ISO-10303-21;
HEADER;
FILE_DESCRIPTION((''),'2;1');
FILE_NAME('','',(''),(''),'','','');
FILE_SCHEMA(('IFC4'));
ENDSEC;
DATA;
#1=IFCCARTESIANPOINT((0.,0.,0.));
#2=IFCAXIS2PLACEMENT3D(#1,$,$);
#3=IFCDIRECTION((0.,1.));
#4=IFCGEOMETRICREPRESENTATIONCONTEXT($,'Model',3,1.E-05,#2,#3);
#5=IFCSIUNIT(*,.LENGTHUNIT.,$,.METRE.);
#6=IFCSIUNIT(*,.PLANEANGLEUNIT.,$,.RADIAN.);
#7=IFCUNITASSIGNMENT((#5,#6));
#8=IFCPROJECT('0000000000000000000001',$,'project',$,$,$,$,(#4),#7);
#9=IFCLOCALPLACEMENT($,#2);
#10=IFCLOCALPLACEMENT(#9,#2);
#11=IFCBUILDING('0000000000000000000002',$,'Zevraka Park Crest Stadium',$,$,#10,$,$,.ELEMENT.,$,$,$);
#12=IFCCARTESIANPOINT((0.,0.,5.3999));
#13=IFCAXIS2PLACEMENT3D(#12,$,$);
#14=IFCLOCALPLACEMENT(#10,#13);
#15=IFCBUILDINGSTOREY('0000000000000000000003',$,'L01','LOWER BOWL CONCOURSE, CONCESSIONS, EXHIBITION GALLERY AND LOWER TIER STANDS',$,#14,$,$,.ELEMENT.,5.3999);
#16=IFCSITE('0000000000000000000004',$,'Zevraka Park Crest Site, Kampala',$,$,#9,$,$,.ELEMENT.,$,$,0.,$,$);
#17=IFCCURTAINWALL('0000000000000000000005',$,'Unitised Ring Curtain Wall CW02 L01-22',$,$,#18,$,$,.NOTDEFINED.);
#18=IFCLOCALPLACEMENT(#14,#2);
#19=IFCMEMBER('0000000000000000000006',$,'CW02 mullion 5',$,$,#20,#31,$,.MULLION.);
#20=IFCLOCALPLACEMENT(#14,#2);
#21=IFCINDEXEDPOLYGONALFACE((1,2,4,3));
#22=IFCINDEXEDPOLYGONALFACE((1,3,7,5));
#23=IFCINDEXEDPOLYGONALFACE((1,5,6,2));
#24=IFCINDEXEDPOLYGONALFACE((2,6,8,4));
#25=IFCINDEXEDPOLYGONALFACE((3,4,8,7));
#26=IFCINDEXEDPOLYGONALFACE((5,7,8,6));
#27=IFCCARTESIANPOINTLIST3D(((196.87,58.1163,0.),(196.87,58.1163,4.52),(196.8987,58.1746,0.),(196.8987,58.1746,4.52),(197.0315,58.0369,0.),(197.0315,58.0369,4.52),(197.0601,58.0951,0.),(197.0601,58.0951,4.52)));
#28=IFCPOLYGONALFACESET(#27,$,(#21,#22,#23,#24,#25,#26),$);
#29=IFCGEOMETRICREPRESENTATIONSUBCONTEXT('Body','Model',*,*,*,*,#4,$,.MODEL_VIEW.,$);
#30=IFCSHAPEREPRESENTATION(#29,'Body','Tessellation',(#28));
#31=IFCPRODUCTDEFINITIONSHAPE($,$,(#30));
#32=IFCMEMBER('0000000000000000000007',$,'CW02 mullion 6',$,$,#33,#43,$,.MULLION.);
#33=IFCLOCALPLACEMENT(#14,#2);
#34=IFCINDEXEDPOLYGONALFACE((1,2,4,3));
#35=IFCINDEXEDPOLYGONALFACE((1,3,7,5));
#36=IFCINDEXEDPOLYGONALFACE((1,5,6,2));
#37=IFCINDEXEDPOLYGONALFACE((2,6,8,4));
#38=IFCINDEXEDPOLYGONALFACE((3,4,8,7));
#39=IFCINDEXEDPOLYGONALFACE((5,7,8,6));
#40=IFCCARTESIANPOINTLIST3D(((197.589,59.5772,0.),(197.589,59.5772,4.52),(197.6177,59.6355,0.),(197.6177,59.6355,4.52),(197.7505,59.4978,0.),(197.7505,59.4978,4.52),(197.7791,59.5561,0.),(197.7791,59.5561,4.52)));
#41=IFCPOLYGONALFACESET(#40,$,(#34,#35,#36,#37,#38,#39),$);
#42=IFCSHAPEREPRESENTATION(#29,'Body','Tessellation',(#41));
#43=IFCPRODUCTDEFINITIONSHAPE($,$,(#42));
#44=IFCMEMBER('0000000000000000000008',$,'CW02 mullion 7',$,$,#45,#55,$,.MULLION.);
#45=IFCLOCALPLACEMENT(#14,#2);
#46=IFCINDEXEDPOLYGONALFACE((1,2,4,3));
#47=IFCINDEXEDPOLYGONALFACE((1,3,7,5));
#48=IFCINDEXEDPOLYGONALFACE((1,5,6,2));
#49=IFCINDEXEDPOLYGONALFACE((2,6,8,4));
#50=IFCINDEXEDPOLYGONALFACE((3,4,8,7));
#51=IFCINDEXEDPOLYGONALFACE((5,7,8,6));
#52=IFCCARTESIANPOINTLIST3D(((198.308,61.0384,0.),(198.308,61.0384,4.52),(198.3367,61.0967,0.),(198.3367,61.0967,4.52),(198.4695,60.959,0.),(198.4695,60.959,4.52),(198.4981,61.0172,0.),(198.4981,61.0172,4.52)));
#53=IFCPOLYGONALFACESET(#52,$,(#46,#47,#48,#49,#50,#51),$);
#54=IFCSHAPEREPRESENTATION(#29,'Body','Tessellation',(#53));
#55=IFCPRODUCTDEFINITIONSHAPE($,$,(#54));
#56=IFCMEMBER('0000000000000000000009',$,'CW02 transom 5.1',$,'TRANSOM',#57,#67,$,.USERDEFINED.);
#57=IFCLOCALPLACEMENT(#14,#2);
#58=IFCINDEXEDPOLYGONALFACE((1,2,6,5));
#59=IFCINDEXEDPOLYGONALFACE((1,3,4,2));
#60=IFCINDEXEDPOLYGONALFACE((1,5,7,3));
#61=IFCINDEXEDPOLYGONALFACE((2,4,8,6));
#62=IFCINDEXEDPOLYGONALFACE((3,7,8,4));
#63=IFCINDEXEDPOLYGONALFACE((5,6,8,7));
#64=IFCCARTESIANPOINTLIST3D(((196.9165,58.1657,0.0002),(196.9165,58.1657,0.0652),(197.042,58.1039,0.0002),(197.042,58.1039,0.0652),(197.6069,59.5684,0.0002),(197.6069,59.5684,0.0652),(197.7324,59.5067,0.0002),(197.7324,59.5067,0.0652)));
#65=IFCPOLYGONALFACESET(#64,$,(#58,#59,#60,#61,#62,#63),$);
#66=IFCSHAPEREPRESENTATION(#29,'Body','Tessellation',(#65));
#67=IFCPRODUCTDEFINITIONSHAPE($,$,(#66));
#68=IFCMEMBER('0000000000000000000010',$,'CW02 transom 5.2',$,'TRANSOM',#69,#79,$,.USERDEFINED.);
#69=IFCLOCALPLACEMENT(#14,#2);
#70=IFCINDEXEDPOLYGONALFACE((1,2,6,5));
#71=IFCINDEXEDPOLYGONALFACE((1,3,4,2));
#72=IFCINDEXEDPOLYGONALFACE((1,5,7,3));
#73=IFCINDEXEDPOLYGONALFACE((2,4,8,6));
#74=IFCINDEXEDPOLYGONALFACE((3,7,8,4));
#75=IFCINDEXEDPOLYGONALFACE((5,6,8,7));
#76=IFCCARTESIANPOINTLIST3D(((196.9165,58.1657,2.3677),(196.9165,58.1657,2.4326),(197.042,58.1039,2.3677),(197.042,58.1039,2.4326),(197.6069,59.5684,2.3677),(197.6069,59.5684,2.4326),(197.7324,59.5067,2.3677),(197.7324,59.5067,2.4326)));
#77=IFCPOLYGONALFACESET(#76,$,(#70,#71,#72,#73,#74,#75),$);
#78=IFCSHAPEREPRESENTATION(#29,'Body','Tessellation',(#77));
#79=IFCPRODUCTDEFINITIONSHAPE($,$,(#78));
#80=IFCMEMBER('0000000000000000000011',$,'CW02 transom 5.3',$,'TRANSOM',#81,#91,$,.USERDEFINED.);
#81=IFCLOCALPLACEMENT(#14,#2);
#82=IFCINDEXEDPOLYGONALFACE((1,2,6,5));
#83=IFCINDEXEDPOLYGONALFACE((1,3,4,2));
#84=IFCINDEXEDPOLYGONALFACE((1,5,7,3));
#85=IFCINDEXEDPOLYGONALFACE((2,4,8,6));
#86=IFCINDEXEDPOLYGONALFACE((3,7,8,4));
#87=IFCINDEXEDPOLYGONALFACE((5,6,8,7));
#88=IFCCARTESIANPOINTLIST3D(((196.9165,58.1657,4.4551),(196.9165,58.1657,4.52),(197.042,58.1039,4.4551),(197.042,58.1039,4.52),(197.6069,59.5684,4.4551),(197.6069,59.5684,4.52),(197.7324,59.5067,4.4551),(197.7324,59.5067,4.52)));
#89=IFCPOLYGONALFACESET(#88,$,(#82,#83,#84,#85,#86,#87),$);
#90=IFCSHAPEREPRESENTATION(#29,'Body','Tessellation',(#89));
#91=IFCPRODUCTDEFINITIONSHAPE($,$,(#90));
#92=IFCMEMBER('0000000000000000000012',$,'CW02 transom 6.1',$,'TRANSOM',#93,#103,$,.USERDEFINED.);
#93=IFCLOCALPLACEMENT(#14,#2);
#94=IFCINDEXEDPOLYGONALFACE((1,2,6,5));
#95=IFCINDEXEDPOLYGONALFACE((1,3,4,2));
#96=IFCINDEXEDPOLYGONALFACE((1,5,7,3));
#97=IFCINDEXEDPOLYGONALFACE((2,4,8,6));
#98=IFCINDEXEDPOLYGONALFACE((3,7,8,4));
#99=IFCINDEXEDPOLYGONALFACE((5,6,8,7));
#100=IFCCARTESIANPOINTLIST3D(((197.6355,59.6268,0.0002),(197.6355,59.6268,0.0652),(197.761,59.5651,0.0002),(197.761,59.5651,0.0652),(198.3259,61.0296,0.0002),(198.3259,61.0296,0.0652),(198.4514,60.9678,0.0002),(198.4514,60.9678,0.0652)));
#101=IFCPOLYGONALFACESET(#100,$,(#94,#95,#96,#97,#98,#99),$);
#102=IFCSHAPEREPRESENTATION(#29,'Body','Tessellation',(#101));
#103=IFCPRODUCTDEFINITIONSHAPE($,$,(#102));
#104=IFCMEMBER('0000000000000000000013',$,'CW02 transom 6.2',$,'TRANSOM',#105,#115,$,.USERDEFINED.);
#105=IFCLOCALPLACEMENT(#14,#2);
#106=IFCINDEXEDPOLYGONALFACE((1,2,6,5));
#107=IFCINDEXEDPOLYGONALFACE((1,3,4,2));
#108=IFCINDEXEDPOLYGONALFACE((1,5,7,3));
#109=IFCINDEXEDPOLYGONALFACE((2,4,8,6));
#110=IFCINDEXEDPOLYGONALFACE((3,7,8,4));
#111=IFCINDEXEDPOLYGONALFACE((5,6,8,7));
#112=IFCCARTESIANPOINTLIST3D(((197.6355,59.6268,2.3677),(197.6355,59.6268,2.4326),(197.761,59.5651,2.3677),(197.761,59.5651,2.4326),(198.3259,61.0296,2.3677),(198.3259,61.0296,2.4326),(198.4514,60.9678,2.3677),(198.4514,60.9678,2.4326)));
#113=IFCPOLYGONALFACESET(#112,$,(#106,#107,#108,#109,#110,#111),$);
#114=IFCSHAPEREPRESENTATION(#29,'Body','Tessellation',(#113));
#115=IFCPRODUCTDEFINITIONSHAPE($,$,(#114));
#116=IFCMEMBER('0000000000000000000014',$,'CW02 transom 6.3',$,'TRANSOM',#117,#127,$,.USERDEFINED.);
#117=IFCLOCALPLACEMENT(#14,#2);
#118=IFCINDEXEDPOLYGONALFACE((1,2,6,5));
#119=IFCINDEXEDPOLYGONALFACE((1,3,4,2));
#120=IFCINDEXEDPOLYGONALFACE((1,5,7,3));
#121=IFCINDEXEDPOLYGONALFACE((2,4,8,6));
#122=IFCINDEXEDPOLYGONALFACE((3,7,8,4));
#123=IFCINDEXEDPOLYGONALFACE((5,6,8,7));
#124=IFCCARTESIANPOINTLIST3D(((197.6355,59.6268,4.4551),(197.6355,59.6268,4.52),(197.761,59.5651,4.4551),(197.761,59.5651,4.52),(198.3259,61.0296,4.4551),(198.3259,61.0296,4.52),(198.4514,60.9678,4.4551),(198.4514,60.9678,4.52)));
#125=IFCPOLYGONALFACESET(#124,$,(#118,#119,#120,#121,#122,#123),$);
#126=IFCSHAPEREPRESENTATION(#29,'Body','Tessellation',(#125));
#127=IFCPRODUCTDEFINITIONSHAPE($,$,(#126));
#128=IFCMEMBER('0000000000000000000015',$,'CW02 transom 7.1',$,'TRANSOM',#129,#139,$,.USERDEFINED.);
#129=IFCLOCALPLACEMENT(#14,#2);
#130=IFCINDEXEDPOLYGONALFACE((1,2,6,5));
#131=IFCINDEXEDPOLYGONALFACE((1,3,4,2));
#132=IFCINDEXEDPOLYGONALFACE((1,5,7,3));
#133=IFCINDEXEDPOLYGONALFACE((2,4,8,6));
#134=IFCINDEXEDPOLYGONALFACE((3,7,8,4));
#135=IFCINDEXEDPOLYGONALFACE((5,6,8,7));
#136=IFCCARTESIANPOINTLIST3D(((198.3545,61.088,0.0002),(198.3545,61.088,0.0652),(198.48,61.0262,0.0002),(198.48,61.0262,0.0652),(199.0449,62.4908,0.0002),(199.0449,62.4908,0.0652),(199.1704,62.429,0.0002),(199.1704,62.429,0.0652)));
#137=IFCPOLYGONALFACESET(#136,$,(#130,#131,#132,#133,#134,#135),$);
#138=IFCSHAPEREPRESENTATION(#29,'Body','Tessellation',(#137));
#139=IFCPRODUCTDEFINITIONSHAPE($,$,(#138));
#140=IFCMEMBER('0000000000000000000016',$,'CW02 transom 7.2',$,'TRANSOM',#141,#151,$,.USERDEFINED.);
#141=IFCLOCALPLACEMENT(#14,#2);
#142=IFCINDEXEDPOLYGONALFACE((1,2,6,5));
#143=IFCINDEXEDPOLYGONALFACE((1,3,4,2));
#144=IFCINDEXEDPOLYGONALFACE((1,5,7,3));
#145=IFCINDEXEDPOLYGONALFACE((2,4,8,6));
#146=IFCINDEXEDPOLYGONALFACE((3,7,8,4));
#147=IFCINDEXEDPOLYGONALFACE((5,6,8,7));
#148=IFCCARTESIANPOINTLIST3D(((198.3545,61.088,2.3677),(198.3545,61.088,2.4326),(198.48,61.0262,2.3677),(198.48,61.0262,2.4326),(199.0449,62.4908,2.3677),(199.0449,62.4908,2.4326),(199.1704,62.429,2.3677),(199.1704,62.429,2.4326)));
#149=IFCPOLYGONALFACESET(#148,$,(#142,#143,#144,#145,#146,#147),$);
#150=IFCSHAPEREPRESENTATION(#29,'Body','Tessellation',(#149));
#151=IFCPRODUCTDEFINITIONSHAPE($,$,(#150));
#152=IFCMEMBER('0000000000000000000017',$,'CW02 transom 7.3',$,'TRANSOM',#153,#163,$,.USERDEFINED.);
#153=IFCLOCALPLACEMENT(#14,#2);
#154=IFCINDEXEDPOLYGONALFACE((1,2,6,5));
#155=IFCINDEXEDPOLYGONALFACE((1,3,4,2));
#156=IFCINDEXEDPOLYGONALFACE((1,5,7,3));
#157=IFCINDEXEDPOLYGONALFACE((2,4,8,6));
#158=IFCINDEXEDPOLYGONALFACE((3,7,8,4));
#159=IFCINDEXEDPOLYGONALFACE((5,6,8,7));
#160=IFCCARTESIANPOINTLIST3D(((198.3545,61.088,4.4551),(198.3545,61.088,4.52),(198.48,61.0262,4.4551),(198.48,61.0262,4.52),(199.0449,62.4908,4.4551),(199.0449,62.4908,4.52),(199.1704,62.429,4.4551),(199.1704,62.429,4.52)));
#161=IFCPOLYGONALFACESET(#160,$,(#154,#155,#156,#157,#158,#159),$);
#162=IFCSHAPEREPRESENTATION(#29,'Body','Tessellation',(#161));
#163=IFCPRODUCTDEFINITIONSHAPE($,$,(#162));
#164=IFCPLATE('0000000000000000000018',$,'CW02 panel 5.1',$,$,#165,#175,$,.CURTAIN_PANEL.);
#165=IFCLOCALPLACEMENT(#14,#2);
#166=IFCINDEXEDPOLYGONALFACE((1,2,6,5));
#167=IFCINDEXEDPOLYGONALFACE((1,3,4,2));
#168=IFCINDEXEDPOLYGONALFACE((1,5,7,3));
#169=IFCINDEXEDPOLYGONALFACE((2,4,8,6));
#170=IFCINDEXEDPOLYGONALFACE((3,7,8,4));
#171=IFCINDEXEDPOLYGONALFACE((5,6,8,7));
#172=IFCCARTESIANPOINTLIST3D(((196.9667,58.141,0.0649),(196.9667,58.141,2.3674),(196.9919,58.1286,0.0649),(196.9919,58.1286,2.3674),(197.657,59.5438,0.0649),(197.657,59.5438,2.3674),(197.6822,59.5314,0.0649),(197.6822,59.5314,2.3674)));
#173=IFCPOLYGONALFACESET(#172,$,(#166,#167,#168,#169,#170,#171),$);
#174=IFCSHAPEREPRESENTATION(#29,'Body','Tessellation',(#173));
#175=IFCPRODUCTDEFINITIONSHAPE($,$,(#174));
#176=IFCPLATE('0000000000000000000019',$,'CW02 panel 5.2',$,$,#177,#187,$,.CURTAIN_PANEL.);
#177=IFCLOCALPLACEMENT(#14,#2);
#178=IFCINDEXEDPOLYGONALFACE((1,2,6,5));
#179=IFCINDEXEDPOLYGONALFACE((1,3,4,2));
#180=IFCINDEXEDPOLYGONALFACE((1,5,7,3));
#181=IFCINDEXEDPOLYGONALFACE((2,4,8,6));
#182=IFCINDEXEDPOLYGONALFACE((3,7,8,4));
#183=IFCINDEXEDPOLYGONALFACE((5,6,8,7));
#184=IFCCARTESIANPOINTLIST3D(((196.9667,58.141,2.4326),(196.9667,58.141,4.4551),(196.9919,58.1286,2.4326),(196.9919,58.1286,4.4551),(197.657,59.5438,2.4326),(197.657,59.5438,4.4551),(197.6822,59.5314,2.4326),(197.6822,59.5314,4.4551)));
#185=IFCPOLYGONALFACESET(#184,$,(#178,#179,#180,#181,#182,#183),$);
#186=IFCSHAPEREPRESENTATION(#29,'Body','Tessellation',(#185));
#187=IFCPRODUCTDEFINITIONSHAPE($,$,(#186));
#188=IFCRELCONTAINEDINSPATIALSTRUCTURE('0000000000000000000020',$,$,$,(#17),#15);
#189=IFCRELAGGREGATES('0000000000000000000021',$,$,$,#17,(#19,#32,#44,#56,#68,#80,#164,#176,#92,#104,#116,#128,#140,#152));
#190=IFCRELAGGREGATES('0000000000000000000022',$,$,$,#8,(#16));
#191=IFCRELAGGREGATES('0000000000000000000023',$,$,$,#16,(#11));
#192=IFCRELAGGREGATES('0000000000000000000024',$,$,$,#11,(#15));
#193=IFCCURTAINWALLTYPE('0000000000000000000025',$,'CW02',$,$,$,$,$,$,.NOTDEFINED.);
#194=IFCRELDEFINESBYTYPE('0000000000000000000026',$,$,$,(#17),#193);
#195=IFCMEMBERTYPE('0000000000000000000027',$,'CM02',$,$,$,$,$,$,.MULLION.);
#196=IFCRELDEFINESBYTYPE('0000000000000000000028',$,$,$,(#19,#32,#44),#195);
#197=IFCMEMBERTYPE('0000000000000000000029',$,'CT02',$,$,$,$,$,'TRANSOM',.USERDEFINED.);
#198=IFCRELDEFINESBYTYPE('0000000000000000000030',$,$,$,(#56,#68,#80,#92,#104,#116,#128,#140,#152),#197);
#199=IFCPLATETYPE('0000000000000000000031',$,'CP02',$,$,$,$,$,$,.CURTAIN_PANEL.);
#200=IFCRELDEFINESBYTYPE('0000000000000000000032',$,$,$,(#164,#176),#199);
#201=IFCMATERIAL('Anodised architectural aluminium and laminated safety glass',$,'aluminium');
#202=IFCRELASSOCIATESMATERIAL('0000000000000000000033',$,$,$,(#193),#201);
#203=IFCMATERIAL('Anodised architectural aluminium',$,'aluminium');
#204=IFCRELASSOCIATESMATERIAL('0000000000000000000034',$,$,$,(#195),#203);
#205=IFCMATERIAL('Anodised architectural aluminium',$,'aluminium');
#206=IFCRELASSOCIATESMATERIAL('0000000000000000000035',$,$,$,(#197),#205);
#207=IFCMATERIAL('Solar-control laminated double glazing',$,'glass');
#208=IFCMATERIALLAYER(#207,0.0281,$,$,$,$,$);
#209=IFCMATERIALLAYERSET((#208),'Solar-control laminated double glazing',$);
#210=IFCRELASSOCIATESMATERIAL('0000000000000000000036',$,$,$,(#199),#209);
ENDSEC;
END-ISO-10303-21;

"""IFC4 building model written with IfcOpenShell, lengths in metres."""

from ifc_helpers import new_model, si_unit, direction, frame, origin, origin_2d, place, context, subcontext, project, spatial, rectangle, extrude, material, layer, layer_set, material_profile, profile_set, type_object, element, aggregate, save


model = new_model("IFC4")

# Units and contexts
model_context = context("Model", 3, precision=1e-05, world=origin(), true_north=direction((0.0, 1.0)))
body_context = subcontext(model_context, "Body", "Model", "MODEL_VIEW")
ifc_project = project(units=[si_unit("LENGTHUNIT", "METRE"), si_unit("PLANEANGLEUNIT", "RADIAN")], contexts=[model_context])

# Site, building, storey
site_placement = place(None, origin())
site = spatial("IfcSite", under=ifc_project, at=site_placement, Name="Zevraka Park Crest Site, Kampala", CompositionType="ELEMENT", RefElevation=0.0)
building_placement = place(site_placement, origin())
building = spatial("IfcBuilding", under=site, at=building_placement, Name="Zevraka Park Crest Stadium", CompositionType="ELEMENT")
storey_placement = place(building_placement, frame((0.0, 0.0, 5.3999)))
storey = spatial("IfcBuildingStorey", under=building, at=storey_placement, Name="L01", Description="LOWER BOWL CONCOURSE, CONCESSIONS, EXHIBITION GALLERY AND LOWER TIER STANDS", CompositionType="ELEMENT", Elevation=5.3999)

# Curtain wall, members, plates
ifc_material_1 = material(Name="Anodised architectural aluminium and laminated safety glass", Category="aluminium")
curtain_wall_type = type_object("IfcCurtainWallType", Name="CW02", PredefinedType="NOTDEFINED", material=ifc_material_1)
curtain_wall_placement = place(storey_placement, origin())
curtain_wall = element("IfcCurtainWall", 1, at=curtain_wall_placement, inside=storey, type_object=curtain_wall_type, Name="Unitised Ring Curtain Wall CW02 L01-22", PredefinedType="NOTDEFINED")
ifc_material_2 = material(Name="Anodised architectural aluminium", Category="aluminium")
ifc_material_profile_1 = material_profile(ifc_material_2, rectangle(XDim=0.1799, YDim=0.0649, at=origin_2d()), Name="ALU MULLION 180x65")
ifc_profile_set_1 = profile_set([ifc_material_profile_1], Name="Anodised architectural aluminium")
member_type_1 = type_object("IfcMemberType", Name="CM02", PredefinedType="MULLION", material=ifc_profile_set_1)
member_1_placement = place(storey_placement, frame((196.9651, 58.1057, 0.0), z_axis=(0.0, 0.0, 1.0), x_axis=(-0.897253, 0.441517, 0.0)))
member_1 = element("IfcMember", 2, at=member_1_placement, type_object=member_type_1, Name="CW02 mullion 5", PredefinedType="MULLION", context=body_context, shape_type="SweptSolid", body=[
    extrude(rectangle(XDim=0.1799, YDim=0.0649, at=origin_2d()), origin(), (0.0, 0.0, 1.0), 4.52),
])
member_2_placement = place(storey_placement, frame((197.6841, 59.5667, 0.0), z_axis=(0.0, 0.0, 1.0), x_axis=(-0.897253, 0.441517, 0.0)))
member_2 = element("IfcMember", 3, at=member_2_placement, type_object=member_type_1, Name="CW02 mullion 6", PredefinedType="MULLION", context=body_context, shape_type="SweptSolid", body=[
    extrude(rectangle(XDim=0.1799, YDim=0.0649, at=origin_2d()), origin(), (0.0, 0.0, 1.0), 4.52),
])
member_3_placement = place(storey_placement, frame((198.4031, 61.0278, 0.0), z_axis=(0.0, 0.0, 1.0), x_axis=(-0.897253, 0.441517, 0.0)))
member_3 = element("IfcMember", 4, at=member_3_placement, type_object=member_type_1, Name="CW02 mullion 7", PredefinedType="MULLION", context=body_context, shape_type="SweptSolid", body=[
    extrude(rectangle(XDim=0.1799, YDim=0.0649, at=origin_2d()), origin(), (0.0, 0.0, 1.0), 4.52),
])
ifc_material_3 = material(Name="Anodised architectural aluminium", Category="aluminium")
ifc_material_profile_2 = material_profile(ifc_material_3, rectangle(XDim=0.1399, YDim=0.0649, at=origin_2d()), Name="ALU TRANSOM 140x65")
ifc_profile_set_2 = profile_set([ifc_material_profile_2], Name="Anodised architectural aluminium")
member_type_2 = type_object("IfcMemberType", Name="CT02", ElementType="TRANSOM", PredefinedType="USERDEFINED", material=ifc_profile_set_2)
member_4_placement = place(storey_placement, frame((196.9792, 58.1348, 0.0327), z_axis=(0.441583, 0.89722, 0.0), x_axis=(-0.89722, 0.441583, 0.0)))
member_4 = element("IfcMember", 5, at=member_4_placement, type_object=member_type_2, Name="CW02 transom 5.1", ObjectType="TRANSOM", PredefinedType="USERDEFINED", context=body_context, shape_type="SweptSolid", body=[
    extrude(rectangle(XDim=0.1399, YDim=0.0649, at=origin_2d()), origin(), (0.0, 0.0, 1.0), 1.5635),
])
member_5_placement = place(storey_placement, frame((196.9792, 58.1348, 2.4001), z_axis=(0.441583, 0.89722, 0.0), x_axis=(-0.89722, 0.441583, 0.0)))
member_5 = element("IfcMember", 6, at=member_5_placement, type_object=member_type_2, Name="CW02 transom 5.2", ObjectType="TRANSOM", PredefinedType="USERDEFINED", context=body_context, shape_type="SweptSolid", body=[
    extrude(rectangle(XDim=0.1399, YDim=0.0649, at=origin_2d()), origin(), (0.0, 0.0, 1.0), 1.5635),
])
member_6_placement = place(storey_placement, frame((196.9792, 58.1348, 4.4875), z_axis=(0.441583, 0.89722, 0.0), x_axis=(-0.89722, 0.441583, 0.0)))
member_6 = element("IfcMember", 7, at=member_6_placement, type_object=member_type_2, Name="CW02 transom 5.3", ObjectType="TRANSOM", PredefinedType="USERDEFINED", context=body_context, shape_type="SweptSolid", body=[
    extrude(rectangle(XDim=0.1399, YDim=0.0649, at=origin_2d()), origin(), (0.0, 0.0, 1.0), 1.5635),
])
member_7_placement = place(storey_placement, frame((197.6982, 59.5959, 0.0327), z_axis=(0.441583, 0.89722, 0.0), x_axis=(-0.89722, 0.441583, 0.0)))
member_7 = element("IfcMember", 8, at=member_7_placement, type_object=member_type_2, Name="CW02 transom 6.1", ObjectType="TRANSOM", PredefinedType="USERDEFINED", context=body_context, shape_type="SweptSolid", body=[
    extrude(rectangle(XDim=0.1399, YDim=0.0649, at=origin_2d()), origin(), (0.0, 0.0, 1.0), 1.5635),
])
member_8_placement = place(storey_placement, frame((197.6982, 59.5959, 2.4001), z_axis=(0.441583, 0.89722, 0.0), x_axis=(-0.89722, 0.441583, 0.0)))
member_8 = element("IfcMember", 9, at=member_8_placement, type_object=member_type_2, Name="CW02 transom 6.2", ObjectType="TRANSOM", PredefinedType="USERDEFINED", context=body_context, shape_type="SweptSolid", body=[
    extrude(rectangle(XDim=0.1399, YDim=0.0649, at=origin_2d()), origin(), (0.0, 0.0, 1.0), 1.5635),
])
member_9_placement = place(storey_placement, frame((197.6982, 59.5959, 4.4875), z_axis=(0.441583, 0.89722, 0.0), x_axis=(-0.89722, 0.441583, 0.0)))
member_9 = element("IfcMember", 10, at=member_9_placement, type_object=member_type_2, Name="CW02 transom 6.3", ObjectType="TRANSOM", PredefinedType="USERDEFINED", context=body_context, shape_type="SweptSolid", body=[
    extrude(rectangle(XDim=0.1399, YDim=0.0649, at=origin_2d()), origin(), (0.0, 0.0, 1.0), 1.5635),
])
member_10_placement = place(storey_placement, frame((198.4172, 61.0571, 0.0327), z_axis=(0.441583, 0.89722, 0.0), x_axis=(-0.89722, 0.441583, 0.0)))
member_10 = element("IfcMember", 11, at=member_10_placement, type_object=member_type_2, Name="CW02 transom 7.1", ObjectType="TRANSOM", PredefinedType="USERDEFINED", context=body_context, shape_type="SweptSolid", body=[
    extrude(rectangle(XDim=0.1399, YDim=0.0649, at=origin_2d()), origin(), (0.0, 0.0, 1.0), 1.5635),
])
member_11_placement = place(storey_placement, frame((198.4172, 61.0571, 2.4001), z_axis=(0.441583, 0.89722, 0.0), x_axis=(-0.89722, 0.441583, 0.0)))
member_11 = element("IfcMember", 12, at=member_11_placement, type_object=member_type_2, Name="CW02 transom 7.2", ObjectType="TRANSOM", PredefinedType="USERDEFINED", context=body_context, shape_type="SweptSolid", body=[
    extrude(rectangle(XDim=0.1399, YDim=0.0649, at=origin_2d()), origin(), (0.0, 0.0, 1.0), 1.5635),
])
member_12_placement = place(storey_placement, frame((198.4172, 61.0571, 4.4875), z_axis=(0.441583, 0.89722, 0.0), x_axis=(-0.89722, 0.441583, 0.0)))
member_12 = element("IfcMember", 13, at=member_12_placement, type_object=member_type_2, Name="CW02 transom 7.3", ObjectType="TRANSOM", PredefinedType="USERDEFINED", context=body_context, shape_type="SweptSolid", body=[
    extrude(rectangle(XDim=0.1399, YDim=0.0649, at=origin_2d()), origin(), (0.0, 0.0, 1.0), 1.5635),
])
ifc_material_4 = material(Name="Solar-control laminated double glazing", Category="glass")
ifc_layer_1 = layer(ifc_material_4, 0.0281)
ifc_layer_set_1 = layer_set([ifc_layer_1], Name="Solar-control laminated double glazing")
plate_type = type_object("IfcPlateType", Name="CP02", PredefinedType="CURTAIN_PANEL", material=ifc_layer_set_1)
plate_1_placement = place(storey_placement, frame((197.3245, 58.8362, 0.0649), z_axis=(0.0, 0.0, 1.0), x_axis=(0.441517, 0.897253, 0.0)))
plate_1 = element("IfcPlate", 14, at=plate_1_placement, type_object=plate_type, Name="CW02 panel 5.1", PredefinedType="CURTAIN_PANEL", context=body_context, shape_type="SweptSolid", body=[
    extrude(rectangle(XDim=1.5635, YDim=0.0281, at=origin_2d()), origin(), (0.0, 0.0, 1.0), 2.3025),
])
plate_2_placement = place(storey_placement, frame((197.3245, 58.8362, 2.4326), z_axis=(0.0, 0.0, 1.0), x_axis=(0.441517, 0.897253, 0.0)))
plate_2 = element("IfcPlate", 15, at=plate_2_placement, type_object=plate_type, Name="CW02 panel 5.2", PredefinedType="CURTAIN_PANEL", context=body_context, shape_type="SweptSolid", body=[
    extrude(rectangle(XDim=1.5635, YDim=0.0281, at=origin_2d()), origin(), (0.0, 0.0, 1.0), 2.0225),
])
aggregate(curtain_wall, [member_1, member_2, member_3, member_4, member_5, member_6, plate_1, plate_2, member_7, member_8, member_9, member_10, member_11, member_12])

save(model, "model.ifc")
